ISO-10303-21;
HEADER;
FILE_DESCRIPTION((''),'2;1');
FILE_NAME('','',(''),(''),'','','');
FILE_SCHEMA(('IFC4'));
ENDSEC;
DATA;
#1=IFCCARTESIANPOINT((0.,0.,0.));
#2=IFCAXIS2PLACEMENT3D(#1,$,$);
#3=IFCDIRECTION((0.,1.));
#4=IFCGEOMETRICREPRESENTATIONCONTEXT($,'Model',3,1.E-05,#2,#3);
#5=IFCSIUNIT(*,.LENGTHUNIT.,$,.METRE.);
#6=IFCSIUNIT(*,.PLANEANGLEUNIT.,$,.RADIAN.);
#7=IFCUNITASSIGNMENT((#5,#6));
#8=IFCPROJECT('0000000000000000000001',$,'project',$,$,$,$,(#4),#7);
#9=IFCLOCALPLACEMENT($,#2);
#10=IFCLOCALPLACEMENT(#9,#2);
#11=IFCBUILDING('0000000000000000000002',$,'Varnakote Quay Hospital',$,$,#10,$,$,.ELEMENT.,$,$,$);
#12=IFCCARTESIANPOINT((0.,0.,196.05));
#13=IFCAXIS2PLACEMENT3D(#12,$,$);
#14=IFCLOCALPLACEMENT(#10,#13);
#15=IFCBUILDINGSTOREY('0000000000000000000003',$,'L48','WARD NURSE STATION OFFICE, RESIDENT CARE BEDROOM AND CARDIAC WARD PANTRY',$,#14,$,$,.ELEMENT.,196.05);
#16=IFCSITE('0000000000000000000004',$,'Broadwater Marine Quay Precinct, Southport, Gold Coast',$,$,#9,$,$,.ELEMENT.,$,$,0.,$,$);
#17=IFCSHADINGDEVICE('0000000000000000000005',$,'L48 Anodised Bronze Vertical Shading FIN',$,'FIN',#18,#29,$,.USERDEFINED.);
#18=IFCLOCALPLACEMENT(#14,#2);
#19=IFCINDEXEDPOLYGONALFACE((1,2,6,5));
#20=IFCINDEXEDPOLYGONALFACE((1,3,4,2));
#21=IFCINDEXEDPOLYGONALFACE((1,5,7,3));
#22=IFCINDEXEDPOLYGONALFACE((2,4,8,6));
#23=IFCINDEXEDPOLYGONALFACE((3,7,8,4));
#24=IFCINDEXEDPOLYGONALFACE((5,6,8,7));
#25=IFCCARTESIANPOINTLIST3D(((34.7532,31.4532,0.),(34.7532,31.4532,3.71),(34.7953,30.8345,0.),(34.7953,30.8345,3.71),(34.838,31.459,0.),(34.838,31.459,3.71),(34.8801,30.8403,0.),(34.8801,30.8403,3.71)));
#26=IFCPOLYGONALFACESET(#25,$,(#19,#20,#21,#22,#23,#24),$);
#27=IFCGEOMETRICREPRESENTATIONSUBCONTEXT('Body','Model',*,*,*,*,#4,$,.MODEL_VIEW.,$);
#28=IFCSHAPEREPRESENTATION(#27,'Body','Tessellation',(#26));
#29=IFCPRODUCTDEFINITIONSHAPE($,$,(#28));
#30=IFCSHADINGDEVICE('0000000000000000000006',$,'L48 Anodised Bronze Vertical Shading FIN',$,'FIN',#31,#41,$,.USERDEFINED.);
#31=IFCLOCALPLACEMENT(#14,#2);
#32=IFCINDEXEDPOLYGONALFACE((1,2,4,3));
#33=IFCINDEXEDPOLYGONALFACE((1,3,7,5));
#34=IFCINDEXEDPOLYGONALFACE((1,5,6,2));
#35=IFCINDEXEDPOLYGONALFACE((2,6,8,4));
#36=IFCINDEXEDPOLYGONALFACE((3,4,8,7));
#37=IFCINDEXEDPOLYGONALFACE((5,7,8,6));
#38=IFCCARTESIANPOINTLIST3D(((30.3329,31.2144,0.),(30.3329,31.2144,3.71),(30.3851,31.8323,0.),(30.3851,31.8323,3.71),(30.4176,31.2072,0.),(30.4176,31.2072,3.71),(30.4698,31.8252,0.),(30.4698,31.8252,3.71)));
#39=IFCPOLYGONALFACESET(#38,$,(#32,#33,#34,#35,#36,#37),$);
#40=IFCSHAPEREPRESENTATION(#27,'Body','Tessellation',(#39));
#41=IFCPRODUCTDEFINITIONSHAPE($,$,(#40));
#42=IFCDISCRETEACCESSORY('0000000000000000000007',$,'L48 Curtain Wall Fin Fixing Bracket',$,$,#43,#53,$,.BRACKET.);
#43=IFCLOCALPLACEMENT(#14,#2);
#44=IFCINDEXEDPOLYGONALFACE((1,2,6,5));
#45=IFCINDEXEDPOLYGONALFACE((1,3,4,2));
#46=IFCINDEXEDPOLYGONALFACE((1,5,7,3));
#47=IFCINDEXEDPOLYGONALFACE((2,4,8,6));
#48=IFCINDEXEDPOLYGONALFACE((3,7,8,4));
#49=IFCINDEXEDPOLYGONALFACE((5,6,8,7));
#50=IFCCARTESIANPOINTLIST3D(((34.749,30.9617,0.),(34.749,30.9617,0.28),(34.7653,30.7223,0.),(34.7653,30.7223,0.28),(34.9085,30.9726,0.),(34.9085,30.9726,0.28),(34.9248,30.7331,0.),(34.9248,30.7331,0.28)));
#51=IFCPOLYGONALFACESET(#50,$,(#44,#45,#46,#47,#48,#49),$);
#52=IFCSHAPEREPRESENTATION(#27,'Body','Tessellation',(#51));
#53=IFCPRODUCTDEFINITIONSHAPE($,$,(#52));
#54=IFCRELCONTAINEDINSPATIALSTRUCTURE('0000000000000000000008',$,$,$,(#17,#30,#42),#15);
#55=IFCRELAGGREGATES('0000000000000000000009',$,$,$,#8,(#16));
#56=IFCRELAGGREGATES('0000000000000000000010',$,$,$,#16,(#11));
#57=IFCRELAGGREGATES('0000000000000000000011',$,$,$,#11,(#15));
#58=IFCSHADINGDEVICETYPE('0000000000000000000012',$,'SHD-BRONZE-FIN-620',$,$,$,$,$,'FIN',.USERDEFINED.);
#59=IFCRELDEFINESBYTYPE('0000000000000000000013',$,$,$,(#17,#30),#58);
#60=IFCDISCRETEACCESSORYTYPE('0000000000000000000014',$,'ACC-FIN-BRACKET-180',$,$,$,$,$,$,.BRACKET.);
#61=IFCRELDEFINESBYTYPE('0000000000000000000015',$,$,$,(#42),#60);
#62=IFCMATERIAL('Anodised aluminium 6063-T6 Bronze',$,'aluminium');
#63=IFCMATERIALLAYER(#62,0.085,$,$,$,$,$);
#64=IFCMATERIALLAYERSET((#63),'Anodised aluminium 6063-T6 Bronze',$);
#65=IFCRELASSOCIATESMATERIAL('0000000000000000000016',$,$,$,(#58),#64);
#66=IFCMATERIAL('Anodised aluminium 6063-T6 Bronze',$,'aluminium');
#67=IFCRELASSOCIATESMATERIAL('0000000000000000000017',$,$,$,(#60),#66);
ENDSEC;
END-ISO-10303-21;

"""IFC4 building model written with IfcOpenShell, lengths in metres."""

from ifc_helpers import new_model, si_unit, direction, frame, origin, origin_2d, place, context, subcontext, project, spatial, rectangle, extrude, material, layer, layer_set, type_object, element, save


model = new_model("IFC4")

# Units and contexts
model_context = context("Model", 3, precision=1e-05, world=origin(), true_north=direction((0.0, 1.0)))
body_context = subcontext(model_context, "Body", "Model", "MODEL_VIEW")
ifc_project = project(units=[si_unit("LENGTHUNIT", "METRE"), si_unit("PLANEANGLEUNIT", "RADIAN")], contexts=[model_context])

# Site, building, storey
site_placement = place(None, origin())
site = spatial("IfcSite", under=ifc_project, at=site_placement, Name="Broadwater Marine Quay Precinct, Southport, Gold Coast", CompositionType="ELEMENT", RefElevation=0.0)
building_placement = place(site_placement, origin())
building = spatial("IfcBuilding", under=site, at=building_placement, Name="Varnakote Quay Hospital", CompositionType="ELEMENT")
storey_placement = place(building_placement, frame((0.0, 0.0, 196.05)))
storey = spatial("IfcBuildingStorey", under=building, at=storey_placement, Name="L48", Description="WARD NURSE STATION OFFICE, RESIDENT CARE BEDROOM AND CARDIAC WARD PANTRY", CompositionType="ELEMENT", Elevation=196.05)

# Shading devices
ifc_material_1 = material(Name="Anodised aluminium 6063-T6 Bronze", Category="aluminium")
ifc_layer_1 = layer(ifc_material_1, 0.085)
ifc_layer_set_1 = layer_set([ifc_layer_1], Name="Anodised aluminium 6063-T6 Bronze")
shading_device_type = type_object("IfcShadingDeviceType", Name="SHD-BRONZE-FIN-620", ElementType="FIN", PredefinedType="USERDEFINED", material=ifc_layer_set_1)
for number, where, z_axis, x_axis, name in (
    (1, (34.8167, 31.1467, 0.0), (0.0, 0.0, 1.0), (0.067841, -0.997696, 0.0), "L48 Anodised Bronze Vertical Shading FIN"),
    (2, (30.4014, 31.5198, 0.0), (0.0, 0.0, 1.0), (-0.0842, -0.996449, 0.0), "L48 Anodised Bronze Vertical Shading FIN"),
):
    element("IfcShadingDevice", number, at=place(storey_placement, frame(where, z_axis=z_axis, x_axis=x_axis)), inside=storey, type_object=shading_device_type, Name=name, ObjectType="FIN", PredefinedType="USERDEFINED", context=body_context, shape_type="SweptSolid", body=[
        extrude(rectangle(XDim=0.6201, YDim=0.085, at=origin_2d()), origin(), (0.0, 0.0, 1.0), 3.71),
    ])

# Discrete accessory
ifc_material_2 = material(Name="Anodised aluminium 6063-T6 Bronze", Category="aluminium")
discrete_accessory_type = type_object("IfcDiscreteAccessoryType", Name="ACC-FIN-BRACKET-180", PredefinedType="BRACKET", material=ifc_material_2)
discrete_accessory_placement = place(storey_placement, frame((34.8369, 30.8474, 0.0), z_axis=(0.0, 0.0, 1.0), x_axis=(-0.997696, -0.067841, 0.0)))
element("IfcDiscreteAccessory", 3, at=discrete_accessory_placement, inside=storey, type_object=discrete_accessory_type, Name="L48 Curtain Wall Fin Fixing Bracket", PredefinedType="BRACKET", context=body_context, shape_type="SweptSolid", body=[
    extrude(rectangle(XDim=0.1599, YDim=0.24, at=origin_2d()), origin(), (0.0, 0.0, 1.0), 0.28),
])

save(model, "model.ifc")
